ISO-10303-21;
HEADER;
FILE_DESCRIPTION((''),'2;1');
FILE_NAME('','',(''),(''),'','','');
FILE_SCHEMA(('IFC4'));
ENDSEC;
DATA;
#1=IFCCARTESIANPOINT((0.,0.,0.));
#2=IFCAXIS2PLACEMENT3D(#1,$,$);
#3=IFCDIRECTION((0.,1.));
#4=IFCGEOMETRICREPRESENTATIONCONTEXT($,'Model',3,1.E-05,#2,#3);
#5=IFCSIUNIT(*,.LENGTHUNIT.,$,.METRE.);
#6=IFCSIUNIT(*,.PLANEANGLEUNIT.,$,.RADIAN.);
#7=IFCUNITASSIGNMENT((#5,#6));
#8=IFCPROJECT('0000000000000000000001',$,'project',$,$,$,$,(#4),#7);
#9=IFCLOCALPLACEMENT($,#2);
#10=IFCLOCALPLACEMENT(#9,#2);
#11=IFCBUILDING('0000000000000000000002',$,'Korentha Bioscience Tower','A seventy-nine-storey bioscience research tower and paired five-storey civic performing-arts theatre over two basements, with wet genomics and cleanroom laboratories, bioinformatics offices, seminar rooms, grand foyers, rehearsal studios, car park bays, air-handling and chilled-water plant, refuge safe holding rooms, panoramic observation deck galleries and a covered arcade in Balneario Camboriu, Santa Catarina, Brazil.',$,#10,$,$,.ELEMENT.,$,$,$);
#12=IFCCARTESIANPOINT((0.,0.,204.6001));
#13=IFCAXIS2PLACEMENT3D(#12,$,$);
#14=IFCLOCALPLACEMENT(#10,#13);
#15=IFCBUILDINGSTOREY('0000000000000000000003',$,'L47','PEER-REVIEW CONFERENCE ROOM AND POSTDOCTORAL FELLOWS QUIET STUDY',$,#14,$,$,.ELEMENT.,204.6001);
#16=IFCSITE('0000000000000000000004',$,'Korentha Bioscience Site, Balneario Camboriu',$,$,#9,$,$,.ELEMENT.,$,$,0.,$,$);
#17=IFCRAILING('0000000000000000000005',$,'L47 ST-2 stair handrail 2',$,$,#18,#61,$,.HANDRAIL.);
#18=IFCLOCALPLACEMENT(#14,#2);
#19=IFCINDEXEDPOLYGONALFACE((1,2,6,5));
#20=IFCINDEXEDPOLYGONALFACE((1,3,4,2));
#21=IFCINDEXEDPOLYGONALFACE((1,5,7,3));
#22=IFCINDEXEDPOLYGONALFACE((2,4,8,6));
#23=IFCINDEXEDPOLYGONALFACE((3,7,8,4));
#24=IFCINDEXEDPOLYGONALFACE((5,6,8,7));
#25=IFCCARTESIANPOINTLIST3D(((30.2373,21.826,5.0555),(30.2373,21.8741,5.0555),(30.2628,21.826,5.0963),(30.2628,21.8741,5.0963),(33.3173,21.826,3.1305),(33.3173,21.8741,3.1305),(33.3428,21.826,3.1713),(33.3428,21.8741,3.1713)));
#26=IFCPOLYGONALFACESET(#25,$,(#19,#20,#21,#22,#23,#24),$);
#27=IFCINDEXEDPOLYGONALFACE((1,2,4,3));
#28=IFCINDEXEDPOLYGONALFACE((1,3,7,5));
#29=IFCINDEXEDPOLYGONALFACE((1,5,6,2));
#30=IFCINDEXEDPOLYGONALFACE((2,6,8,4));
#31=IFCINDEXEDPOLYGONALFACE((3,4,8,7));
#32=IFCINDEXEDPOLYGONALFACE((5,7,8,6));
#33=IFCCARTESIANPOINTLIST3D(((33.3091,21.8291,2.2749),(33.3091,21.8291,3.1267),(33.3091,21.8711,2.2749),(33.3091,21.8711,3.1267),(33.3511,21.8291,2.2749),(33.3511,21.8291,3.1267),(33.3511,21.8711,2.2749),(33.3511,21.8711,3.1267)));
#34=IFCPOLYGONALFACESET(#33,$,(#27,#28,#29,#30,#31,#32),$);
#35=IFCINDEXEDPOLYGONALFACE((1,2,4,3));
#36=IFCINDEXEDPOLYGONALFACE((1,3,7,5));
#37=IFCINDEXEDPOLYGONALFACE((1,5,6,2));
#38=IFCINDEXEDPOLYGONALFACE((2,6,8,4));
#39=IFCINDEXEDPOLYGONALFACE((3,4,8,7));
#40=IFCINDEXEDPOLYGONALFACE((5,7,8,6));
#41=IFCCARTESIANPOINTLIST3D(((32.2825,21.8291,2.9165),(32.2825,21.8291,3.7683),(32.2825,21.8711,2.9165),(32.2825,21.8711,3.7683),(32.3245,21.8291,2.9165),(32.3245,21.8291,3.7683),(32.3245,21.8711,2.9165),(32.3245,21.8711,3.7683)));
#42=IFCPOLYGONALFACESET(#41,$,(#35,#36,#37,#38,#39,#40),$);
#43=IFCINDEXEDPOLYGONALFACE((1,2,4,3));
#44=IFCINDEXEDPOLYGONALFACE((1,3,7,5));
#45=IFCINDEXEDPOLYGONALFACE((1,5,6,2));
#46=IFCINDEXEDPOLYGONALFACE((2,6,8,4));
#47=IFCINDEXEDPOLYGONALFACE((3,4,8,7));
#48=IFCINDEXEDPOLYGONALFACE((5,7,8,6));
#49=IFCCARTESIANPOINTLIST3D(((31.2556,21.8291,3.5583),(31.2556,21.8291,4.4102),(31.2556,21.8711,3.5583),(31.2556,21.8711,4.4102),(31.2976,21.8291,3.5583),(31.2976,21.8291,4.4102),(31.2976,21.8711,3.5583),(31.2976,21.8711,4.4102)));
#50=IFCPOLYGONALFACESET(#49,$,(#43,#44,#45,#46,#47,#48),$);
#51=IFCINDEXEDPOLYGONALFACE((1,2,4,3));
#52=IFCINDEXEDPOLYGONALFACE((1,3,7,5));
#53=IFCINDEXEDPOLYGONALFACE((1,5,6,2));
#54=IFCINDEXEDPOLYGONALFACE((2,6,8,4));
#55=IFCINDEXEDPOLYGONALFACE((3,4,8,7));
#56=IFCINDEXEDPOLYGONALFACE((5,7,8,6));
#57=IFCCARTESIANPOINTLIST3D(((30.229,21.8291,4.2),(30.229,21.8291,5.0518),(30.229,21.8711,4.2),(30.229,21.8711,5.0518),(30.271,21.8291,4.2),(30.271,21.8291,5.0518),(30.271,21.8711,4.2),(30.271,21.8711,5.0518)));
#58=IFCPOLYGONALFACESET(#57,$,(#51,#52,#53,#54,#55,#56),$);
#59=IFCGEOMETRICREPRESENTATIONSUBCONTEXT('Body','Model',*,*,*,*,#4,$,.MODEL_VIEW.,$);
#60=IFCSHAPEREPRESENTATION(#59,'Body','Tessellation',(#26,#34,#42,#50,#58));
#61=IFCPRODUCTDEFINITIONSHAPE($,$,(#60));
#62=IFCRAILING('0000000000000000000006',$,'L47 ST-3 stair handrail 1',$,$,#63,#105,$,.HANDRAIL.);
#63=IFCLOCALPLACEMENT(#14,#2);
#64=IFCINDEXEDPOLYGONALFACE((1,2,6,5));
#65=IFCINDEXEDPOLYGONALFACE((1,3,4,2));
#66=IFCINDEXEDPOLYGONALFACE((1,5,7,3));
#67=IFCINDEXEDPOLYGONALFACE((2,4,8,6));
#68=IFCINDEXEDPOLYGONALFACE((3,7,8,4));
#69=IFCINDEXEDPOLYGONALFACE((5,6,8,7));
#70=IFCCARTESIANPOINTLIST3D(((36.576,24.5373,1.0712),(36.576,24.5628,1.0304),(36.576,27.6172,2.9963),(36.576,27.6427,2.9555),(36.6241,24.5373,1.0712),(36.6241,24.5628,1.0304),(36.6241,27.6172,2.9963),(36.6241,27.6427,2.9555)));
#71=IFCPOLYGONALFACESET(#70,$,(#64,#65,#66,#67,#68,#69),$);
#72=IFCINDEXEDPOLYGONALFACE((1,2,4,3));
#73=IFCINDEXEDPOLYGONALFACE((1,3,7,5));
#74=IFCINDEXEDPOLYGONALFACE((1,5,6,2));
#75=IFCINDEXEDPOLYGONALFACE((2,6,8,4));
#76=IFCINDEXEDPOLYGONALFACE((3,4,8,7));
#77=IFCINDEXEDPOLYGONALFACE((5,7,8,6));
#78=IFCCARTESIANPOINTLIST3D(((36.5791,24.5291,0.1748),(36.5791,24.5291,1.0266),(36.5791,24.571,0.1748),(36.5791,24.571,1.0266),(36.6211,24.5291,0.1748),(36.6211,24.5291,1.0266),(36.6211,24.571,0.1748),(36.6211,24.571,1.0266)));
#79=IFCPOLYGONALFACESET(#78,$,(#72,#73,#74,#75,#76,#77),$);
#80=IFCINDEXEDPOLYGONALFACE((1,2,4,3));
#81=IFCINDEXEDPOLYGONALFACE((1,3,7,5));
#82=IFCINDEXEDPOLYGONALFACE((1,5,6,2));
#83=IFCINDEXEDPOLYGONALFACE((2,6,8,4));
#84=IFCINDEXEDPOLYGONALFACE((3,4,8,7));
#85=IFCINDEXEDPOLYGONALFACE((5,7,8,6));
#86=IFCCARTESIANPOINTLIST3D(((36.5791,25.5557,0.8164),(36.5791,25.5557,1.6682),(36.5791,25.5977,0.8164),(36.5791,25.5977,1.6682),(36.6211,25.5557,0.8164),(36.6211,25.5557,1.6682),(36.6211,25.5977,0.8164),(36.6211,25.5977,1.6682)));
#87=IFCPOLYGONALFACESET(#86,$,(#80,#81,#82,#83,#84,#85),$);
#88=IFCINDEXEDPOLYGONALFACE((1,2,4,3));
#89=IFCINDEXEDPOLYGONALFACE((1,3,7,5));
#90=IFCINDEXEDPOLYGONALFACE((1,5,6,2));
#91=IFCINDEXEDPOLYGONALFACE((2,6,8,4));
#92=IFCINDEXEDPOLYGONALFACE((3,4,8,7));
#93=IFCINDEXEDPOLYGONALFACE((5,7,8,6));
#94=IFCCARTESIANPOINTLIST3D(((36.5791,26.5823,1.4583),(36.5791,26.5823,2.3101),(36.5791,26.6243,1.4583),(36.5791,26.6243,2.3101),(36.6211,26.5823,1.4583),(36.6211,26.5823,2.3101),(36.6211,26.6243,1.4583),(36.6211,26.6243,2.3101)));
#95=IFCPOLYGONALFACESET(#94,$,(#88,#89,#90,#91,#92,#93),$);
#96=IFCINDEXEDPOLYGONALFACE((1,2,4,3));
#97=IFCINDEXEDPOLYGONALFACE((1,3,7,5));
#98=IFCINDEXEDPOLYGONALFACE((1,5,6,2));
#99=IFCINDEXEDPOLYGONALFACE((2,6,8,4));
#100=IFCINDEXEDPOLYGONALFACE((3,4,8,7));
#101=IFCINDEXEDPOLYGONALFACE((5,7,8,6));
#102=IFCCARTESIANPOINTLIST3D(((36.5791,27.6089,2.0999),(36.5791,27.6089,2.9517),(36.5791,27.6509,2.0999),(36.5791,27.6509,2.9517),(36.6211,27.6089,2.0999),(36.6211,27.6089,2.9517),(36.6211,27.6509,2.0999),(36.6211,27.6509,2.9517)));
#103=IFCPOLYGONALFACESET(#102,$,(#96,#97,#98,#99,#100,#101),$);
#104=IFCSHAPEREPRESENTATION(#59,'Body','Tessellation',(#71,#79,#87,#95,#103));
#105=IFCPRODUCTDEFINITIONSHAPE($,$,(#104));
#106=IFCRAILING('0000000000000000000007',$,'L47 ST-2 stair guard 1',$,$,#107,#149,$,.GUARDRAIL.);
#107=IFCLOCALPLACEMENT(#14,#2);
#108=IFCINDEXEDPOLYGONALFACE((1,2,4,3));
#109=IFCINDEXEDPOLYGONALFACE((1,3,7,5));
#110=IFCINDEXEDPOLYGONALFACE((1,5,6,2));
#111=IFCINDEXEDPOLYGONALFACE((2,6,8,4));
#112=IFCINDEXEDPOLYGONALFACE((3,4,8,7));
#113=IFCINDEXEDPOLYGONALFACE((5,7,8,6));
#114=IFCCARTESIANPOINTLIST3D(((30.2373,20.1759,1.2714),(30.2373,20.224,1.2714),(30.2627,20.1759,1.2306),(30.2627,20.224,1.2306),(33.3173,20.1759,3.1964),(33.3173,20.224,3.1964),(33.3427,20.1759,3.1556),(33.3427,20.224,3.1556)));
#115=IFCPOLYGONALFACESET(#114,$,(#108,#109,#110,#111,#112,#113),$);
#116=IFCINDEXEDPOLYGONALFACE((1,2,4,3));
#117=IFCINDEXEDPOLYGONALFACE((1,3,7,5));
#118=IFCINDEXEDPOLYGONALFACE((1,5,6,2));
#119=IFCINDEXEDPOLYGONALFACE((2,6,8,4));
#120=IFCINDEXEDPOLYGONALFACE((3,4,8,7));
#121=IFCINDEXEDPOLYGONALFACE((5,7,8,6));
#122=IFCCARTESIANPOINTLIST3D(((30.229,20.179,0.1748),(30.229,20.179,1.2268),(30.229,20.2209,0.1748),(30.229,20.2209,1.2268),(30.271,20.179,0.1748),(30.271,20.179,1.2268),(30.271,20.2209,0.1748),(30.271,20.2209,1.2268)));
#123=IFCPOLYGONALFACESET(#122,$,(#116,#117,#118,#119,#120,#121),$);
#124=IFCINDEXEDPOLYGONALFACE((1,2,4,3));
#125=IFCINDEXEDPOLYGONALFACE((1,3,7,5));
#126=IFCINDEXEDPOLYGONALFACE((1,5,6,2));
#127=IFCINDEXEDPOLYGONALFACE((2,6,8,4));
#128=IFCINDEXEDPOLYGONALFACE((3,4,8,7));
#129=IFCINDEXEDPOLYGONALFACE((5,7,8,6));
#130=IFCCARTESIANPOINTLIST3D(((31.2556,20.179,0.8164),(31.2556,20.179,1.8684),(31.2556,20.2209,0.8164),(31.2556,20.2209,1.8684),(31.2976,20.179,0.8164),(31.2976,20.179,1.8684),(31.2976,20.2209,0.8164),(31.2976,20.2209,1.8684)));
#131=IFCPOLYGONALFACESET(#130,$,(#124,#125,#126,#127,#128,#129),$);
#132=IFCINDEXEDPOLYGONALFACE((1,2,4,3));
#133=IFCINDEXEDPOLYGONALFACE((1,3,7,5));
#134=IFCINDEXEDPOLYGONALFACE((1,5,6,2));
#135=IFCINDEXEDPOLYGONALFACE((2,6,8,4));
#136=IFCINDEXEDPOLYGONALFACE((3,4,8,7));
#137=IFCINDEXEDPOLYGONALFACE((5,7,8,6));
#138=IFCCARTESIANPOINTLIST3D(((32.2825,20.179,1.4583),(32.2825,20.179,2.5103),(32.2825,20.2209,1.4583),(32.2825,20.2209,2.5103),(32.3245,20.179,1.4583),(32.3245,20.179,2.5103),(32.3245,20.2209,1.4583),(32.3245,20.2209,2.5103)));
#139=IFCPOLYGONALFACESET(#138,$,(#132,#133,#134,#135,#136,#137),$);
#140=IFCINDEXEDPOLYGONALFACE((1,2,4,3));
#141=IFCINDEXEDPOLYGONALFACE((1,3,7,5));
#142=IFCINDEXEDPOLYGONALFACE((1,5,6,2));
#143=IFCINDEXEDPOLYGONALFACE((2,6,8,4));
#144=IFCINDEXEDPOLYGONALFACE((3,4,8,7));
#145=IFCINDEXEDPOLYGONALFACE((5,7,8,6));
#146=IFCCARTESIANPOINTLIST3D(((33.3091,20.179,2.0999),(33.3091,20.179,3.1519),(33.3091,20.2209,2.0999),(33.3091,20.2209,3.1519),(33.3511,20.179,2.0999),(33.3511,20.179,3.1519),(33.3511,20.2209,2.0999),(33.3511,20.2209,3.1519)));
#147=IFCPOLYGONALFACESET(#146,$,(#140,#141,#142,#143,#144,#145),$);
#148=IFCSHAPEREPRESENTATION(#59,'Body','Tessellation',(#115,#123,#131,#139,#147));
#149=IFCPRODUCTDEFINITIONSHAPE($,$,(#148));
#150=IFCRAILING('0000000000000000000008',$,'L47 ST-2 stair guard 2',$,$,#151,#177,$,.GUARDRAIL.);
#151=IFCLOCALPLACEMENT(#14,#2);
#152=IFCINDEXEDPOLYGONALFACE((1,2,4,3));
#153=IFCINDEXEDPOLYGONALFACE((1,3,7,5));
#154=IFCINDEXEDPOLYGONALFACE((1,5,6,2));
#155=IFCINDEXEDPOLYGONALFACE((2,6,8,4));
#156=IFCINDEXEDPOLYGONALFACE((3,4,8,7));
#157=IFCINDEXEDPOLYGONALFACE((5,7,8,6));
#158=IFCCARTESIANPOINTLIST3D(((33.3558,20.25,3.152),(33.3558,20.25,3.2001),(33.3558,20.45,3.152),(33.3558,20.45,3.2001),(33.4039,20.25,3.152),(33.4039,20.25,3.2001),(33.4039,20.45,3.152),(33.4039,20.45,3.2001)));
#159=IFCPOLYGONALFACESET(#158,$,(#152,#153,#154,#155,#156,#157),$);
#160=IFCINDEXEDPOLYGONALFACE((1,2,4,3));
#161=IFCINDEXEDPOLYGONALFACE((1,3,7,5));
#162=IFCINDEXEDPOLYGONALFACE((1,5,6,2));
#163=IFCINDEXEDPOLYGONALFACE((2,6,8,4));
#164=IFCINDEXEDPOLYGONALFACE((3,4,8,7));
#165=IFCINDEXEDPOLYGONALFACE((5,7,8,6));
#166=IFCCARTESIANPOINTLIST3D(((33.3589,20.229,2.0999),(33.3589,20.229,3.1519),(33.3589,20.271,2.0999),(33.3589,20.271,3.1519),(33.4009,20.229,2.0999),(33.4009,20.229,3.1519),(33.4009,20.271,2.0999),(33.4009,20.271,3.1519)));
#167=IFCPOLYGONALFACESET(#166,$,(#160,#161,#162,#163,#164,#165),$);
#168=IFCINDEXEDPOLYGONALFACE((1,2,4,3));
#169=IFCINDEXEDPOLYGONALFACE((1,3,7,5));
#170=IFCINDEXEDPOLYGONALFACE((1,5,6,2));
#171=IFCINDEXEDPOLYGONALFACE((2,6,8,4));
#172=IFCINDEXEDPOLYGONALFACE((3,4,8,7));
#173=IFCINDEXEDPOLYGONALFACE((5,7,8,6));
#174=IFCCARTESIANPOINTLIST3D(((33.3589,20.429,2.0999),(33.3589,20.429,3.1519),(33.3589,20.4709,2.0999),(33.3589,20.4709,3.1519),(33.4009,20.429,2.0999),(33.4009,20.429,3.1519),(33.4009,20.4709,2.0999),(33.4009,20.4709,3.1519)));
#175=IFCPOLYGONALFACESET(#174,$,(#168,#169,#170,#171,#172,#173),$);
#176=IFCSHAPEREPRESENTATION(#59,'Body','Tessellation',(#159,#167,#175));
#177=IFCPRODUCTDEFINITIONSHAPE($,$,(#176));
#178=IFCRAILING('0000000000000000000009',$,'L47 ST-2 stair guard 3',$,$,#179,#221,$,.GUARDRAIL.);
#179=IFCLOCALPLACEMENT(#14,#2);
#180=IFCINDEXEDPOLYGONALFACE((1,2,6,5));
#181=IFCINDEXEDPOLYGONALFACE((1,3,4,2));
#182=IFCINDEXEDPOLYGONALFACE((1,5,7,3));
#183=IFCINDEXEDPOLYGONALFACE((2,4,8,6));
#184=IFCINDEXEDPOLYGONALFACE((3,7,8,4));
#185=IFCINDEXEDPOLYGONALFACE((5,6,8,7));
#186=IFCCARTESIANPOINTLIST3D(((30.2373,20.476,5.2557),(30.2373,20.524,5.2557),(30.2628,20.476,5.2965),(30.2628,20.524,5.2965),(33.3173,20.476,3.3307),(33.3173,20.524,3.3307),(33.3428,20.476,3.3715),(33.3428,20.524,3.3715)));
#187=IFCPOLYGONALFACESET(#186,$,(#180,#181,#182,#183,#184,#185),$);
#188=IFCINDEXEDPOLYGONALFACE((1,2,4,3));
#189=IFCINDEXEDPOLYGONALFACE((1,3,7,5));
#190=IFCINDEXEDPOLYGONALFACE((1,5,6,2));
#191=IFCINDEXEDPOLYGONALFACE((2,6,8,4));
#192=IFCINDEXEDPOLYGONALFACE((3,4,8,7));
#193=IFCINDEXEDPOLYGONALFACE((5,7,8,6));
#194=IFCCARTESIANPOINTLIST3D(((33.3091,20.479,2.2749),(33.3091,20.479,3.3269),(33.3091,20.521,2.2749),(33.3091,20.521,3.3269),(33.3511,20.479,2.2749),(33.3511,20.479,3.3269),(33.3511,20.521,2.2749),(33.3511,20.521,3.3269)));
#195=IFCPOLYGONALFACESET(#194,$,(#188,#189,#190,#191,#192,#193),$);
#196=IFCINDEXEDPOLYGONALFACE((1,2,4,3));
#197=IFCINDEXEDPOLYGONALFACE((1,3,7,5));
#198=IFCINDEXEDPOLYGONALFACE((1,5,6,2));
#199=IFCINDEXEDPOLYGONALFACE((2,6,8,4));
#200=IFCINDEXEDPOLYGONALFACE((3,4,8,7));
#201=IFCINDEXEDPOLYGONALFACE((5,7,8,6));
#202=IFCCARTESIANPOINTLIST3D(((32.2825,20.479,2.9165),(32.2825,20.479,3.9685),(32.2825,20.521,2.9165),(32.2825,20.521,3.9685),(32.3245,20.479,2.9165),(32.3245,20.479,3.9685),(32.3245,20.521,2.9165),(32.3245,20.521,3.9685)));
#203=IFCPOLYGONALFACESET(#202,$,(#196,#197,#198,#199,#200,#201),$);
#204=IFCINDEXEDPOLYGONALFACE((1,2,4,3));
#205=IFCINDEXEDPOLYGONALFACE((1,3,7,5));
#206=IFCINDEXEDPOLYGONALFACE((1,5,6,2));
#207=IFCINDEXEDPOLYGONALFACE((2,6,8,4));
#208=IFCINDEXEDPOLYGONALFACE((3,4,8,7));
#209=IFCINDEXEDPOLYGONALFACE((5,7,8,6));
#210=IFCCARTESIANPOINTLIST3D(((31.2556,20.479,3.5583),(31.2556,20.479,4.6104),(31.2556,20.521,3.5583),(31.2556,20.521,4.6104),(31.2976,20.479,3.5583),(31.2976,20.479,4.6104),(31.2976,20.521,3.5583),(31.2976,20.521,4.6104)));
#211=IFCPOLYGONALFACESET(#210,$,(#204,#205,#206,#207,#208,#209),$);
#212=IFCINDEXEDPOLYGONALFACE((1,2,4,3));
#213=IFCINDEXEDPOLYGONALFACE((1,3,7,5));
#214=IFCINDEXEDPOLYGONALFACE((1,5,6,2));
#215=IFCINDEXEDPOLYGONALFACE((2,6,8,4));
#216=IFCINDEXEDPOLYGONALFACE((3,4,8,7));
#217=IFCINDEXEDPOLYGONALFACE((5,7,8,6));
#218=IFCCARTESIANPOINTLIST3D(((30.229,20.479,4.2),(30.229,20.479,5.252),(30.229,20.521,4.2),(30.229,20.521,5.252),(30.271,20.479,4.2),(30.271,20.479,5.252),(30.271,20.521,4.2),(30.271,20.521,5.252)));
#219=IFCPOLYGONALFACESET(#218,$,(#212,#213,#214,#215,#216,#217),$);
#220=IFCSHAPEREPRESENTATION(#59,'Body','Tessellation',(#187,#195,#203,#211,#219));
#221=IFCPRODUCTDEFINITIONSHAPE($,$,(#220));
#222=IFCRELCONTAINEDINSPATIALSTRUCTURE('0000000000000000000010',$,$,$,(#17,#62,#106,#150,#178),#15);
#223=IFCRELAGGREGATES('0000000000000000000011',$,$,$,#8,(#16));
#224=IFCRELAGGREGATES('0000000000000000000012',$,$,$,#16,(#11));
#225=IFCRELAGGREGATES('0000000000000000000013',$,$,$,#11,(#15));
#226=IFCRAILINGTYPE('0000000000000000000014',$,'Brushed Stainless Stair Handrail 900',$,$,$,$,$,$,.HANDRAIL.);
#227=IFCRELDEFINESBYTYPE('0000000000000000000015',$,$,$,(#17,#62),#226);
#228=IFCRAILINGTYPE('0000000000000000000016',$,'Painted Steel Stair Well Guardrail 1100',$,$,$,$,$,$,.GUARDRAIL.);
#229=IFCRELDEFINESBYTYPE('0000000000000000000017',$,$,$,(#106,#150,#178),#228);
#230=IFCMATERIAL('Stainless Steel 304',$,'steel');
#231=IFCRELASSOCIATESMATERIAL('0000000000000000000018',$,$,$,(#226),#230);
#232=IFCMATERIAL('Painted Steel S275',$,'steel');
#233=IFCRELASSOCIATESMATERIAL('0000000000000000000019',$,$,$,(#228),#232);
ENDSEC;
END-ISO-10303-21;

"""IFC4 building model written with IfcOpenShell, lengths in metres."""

from ifc_helpers import new_model, si_unit, direction, frame, origin, origin_2d, place, context, subcontext, project, spatial, rectangle, extrude, material, type_object, element, save


model = new_model("IFC4")

# Units and contexts
model_context = context("Model", 3, precision=1e-05, world=origin(), true_north=direction((0.0, 1.0)))
body_context = subcontext(model_context, "Body", "Model", "MODEL_VIEW")
ifc_project = project(units=[si_unit("LENGTHUNIT", "METRE"), si_unit("PLANEANGLEUNIT", "RADIAN")], contexts=[model_context])

# Site, building, storey
site_placement = place(None, origin())
site = spatial("IfcSite", under=ifc_project, at=site_placement, Name="Korentha Bioscience Site, Balneario Camboriu", CompositionType="ELEMENT", RefElevation=0.0)
building_placement = place(site_placement, origin())
building = spatial("IfcBuilding", under=site, at=building_placement, Name="Korentha Bioscience Tower", Description="A seventy-nine-storey bioscience research tower and paired five-storey civic performing-arts theatre over two basements, with wet genomics and cleanroom laboratories, bioinformatics offices, seminar rooms, grand foyers, rehearsal studios, car park bays, air-handling and chilled-water plant, refuge safe holding rooms, panoramic observation deck galleries and a covered arcade in Balneario Camboriu, Santa Catarina, Brazil.", CompositionType="ELEMENT")
storey_placement = place(building_placement, frame((0.0, 0.0, 204.6001)))
storey = spatial("IfcBuildingStorey", under=building, at=storey_placement, Name="L47", Description="PEER-REVIEW CONFERENCE ROOM AND POSTDOCTORAL FELLOWS QUIET STUDY", CompositionType="ELEMENT", Elevation=204.6001)

# Railings
ifc_material_1 = material(Name="Stainless Steel 304", Category="steel")
railing_type_1 = type_object("IfcRailingType", Name="Brushed Stainless Stair Handrail 900", PredefinedType="HANDRAIL", material=ifc_material_1)
railing_1_placement = place(storey_placement, frame((33.3301, 21.8501, 2.2749)))
element("IfcRailing", 1, at=railing_1_placement, inside=storey, type_object=railing_type_1, Name="L47 ST-2 stair handrail 2", PredefinedType="HANDRAIL", context=body_context, shape_type="SweptSolid", body=[
    extrude(rectangle(XDim=0.0481, YDim=0.0481, at=origin_2d()), frame((0.0, 0.0, 0.876), z_axis=(-0.847998, 0.0, 0.529999), x_axis=(0.0, -1.0, 0.0)), (0.0, 0.0, 1.0), 3.6321),
    extrude(rectangle(XDim=0.042, YDim=0.042, at=origin_2d()), origin(), (0.0, 0.0, 1.0), 0.8518),
    extrude(rectangle(XDim=0.042, YDim=0.042, at=origin_2d()), frame((-1.0266, 0.0, 0.6416)), (0.0, 0.0, 1.0), 0.8518),
    extrude(rectangle(XDim=0.042, YDim=0.042, at=origin_2d()), frame((-2.0535, 0.0, 1.2834)), (0.0, 0.0, 1.0), 0.8518),
    extrude(rectangle(XDim=0.042, YDim=0.042, at=origin_2d()), frame((-3.0801, 0.0, 1.925)), (0.0, 0.0, 1.0), 0.8518),
])
railing_2_placement = place(storey_placement, frame((36.6001, 24.55, 0.1748)))
element("IfcRailing", 2, at=railing_2_placement, inside=storey, type_object=railing_type_1, Name="L47 ST-3 stair handrail 1", PredefinedType="HANDRAIL", context=body_context, shape_type="SweptSolid", body=[
    extrude(rectangle(XDim=0.0481, YDim=0.0481, at=origin_2d()), frame((0.0, 0.0, 0.876), z_axis=(0.0, 0.847979, 0.530029), x_axis=(-1.0, 0.0, 0.0)), (0.0, 0.0, 1.0), 3.6321),
    extrude(rectangle(XDim=0.042, YDim=0.042, at=origin_2d()), origin(), (0.0, 0.0, 1.0), 0.8518),
    extrude(rectangle(XDim=0.042, YDim=0.042, at=origin_2d()), frame((0.0, 1.0266, 0.6416)), (0.0, 0.0, 1.0), 0.8518),
    extrude(rectangle(XDim=0.042, YDim=0.042, at=origin_2d()), frame((0.0, 2.0532, 1.2834)), (0.0, 0.0, 1.0), 0.8518),
    extrude(rectangle(XDim=0.042, YDim=0.042, at=origin_2d()), frame((0.0, 3.0798, 1.925)), (0.0, 0.0, 1.0), 0.8518),
])
ifc_material_2 = material(Name="Painted Steel S275", Category="steel")
railing_type_2 = type_object("IfcRailingType", Name="Painted Steel Stair Well Guardrail 1100", PredefinedType="GUARDRAIL", material=ifc_material_2)
railing_3_placement = place(storey_placement, frame((30.25, 20.2, 0.1748)))
element("IfcRailing", 3, at=railing_3_placement, inside=storey, type_object=railing_type_2, Name="L47 ST-2 stair guard 1", PredefinedType="GUARDRAIL", context=body_context, shape_type="SweptSolid", body=[
    extrude(rectangle(XDim=0.0481, YDim=0.0481, at=origin_2d()), frame((0.0, 0.0, 1.0762), z_axis=(0.847998, 0.0, 0.529999), x_axis=(0.0, 1.0, 0.0)), (0.0, 0.0, 1.0), 3.6321),
    extrude(rectangle(XDim=0.042, YDim=0.042, at=origin_2d()), origin(), (0.0, 0.0, 1.0), 1.052),
    extrude(rectangle(XDim=0.042, YDim=0.042, at=origin_2d()), frame((1.0266, 0.0, 0.6416)), (0.0, 0.0, 1.0), 1.052),
    extrude(rectangle(XDim=0.042, YDim=0.042, at=origin_2d()), frame((2.0535, 0.0, 1.2834)), (0.0, 0.0, 1.0), 1.052),
    extrude(rectangle(XDim=0.042, YDim=0.042, at=origin_2d()), frame((3.0801, 0.0, 1.925)), (0.0, 0.0, 1.0), 1.052),
])
railing_4_placement = place(storey_placement, frame((33.3799, 20.25, 2.0999)))
element("IfcRailing", 4, at=railing_4_placement, inside=storey, type_object=railing_type_2, Name="L47 ST-2 stair guard 2", PredefinedType="GUARDRAIL", context=body_context, shape_type="SweptSolid", body=[
    extrude(rectangle(XDim=0.0481, YDim=0.0481, at=origin_2d()), frame((0.0, 0.0, 1.0762), z_axis=(0.0, 1.0, 0.0), x_axis=(-1.0, 0.0, 0.0)), (0.0, 0.0, 1.0), 0.2),
    extrude(rectangle(XDim=0.042, YDim=0.042, at=origin_2d()), origin(), (0.0, 0.0, 1.0), 1.052),
    extrude(rectangle(XDim=0.042, YDim=0.042, at=origin_2d()), frame((0.0, 0.2, 0.0)), (0.0, 0.0, 1.0), 1.052),
])
railing_5_placement = place(storey_placement, frame((33.3301, 20.5, 2.2749)))
element("IfcRailing", 5, at=railing_5_placement, inside=storey, type_object=railing_type_2, Name="L47 ST-2 stair guard 3", PredefinedType="GUARDRAIL", context=body_context, shape_type="SweptSolid", body=[
    extrude(rectangle(XDim=0.0481, YDim=0.0481, at=origin_2d()), frame((0.0, 0.0, 1.0762), z_axis=(-0.847998, 0.0, 0.529999), x_axis=(0.0, -1.0, 0.0)), (0.0, 0.0, 1.0), 3.6321),
    extrude(rectangle(XDim=0.042, YDim=0.042, at=origin_2d()), origin(), (0.0, 0.0, 1.0), 1.052),
    extrude(rectangle(XDim=0.042, YDim=0.042, at=origin_2d()), frame((-1.0266, 0.0, 0.6416)), (0.0, 0.0, 1.0), 1.052),
    extrude(rectangle(XDim=0.042, YDim=0.042, at=origin_2d()), frame((-2.0535, 0.0, 1.2834)), (0.0, 0.0, 1.0), 1.052),
    extrude(rectangle(XDim=0.042, YDim=0.042, at=origin_2d()), frame((-3.0801, 0.0, 1.925)), (0.0, 0.0, 1.0), 1.052),
])

save(model, "model.ifc")
